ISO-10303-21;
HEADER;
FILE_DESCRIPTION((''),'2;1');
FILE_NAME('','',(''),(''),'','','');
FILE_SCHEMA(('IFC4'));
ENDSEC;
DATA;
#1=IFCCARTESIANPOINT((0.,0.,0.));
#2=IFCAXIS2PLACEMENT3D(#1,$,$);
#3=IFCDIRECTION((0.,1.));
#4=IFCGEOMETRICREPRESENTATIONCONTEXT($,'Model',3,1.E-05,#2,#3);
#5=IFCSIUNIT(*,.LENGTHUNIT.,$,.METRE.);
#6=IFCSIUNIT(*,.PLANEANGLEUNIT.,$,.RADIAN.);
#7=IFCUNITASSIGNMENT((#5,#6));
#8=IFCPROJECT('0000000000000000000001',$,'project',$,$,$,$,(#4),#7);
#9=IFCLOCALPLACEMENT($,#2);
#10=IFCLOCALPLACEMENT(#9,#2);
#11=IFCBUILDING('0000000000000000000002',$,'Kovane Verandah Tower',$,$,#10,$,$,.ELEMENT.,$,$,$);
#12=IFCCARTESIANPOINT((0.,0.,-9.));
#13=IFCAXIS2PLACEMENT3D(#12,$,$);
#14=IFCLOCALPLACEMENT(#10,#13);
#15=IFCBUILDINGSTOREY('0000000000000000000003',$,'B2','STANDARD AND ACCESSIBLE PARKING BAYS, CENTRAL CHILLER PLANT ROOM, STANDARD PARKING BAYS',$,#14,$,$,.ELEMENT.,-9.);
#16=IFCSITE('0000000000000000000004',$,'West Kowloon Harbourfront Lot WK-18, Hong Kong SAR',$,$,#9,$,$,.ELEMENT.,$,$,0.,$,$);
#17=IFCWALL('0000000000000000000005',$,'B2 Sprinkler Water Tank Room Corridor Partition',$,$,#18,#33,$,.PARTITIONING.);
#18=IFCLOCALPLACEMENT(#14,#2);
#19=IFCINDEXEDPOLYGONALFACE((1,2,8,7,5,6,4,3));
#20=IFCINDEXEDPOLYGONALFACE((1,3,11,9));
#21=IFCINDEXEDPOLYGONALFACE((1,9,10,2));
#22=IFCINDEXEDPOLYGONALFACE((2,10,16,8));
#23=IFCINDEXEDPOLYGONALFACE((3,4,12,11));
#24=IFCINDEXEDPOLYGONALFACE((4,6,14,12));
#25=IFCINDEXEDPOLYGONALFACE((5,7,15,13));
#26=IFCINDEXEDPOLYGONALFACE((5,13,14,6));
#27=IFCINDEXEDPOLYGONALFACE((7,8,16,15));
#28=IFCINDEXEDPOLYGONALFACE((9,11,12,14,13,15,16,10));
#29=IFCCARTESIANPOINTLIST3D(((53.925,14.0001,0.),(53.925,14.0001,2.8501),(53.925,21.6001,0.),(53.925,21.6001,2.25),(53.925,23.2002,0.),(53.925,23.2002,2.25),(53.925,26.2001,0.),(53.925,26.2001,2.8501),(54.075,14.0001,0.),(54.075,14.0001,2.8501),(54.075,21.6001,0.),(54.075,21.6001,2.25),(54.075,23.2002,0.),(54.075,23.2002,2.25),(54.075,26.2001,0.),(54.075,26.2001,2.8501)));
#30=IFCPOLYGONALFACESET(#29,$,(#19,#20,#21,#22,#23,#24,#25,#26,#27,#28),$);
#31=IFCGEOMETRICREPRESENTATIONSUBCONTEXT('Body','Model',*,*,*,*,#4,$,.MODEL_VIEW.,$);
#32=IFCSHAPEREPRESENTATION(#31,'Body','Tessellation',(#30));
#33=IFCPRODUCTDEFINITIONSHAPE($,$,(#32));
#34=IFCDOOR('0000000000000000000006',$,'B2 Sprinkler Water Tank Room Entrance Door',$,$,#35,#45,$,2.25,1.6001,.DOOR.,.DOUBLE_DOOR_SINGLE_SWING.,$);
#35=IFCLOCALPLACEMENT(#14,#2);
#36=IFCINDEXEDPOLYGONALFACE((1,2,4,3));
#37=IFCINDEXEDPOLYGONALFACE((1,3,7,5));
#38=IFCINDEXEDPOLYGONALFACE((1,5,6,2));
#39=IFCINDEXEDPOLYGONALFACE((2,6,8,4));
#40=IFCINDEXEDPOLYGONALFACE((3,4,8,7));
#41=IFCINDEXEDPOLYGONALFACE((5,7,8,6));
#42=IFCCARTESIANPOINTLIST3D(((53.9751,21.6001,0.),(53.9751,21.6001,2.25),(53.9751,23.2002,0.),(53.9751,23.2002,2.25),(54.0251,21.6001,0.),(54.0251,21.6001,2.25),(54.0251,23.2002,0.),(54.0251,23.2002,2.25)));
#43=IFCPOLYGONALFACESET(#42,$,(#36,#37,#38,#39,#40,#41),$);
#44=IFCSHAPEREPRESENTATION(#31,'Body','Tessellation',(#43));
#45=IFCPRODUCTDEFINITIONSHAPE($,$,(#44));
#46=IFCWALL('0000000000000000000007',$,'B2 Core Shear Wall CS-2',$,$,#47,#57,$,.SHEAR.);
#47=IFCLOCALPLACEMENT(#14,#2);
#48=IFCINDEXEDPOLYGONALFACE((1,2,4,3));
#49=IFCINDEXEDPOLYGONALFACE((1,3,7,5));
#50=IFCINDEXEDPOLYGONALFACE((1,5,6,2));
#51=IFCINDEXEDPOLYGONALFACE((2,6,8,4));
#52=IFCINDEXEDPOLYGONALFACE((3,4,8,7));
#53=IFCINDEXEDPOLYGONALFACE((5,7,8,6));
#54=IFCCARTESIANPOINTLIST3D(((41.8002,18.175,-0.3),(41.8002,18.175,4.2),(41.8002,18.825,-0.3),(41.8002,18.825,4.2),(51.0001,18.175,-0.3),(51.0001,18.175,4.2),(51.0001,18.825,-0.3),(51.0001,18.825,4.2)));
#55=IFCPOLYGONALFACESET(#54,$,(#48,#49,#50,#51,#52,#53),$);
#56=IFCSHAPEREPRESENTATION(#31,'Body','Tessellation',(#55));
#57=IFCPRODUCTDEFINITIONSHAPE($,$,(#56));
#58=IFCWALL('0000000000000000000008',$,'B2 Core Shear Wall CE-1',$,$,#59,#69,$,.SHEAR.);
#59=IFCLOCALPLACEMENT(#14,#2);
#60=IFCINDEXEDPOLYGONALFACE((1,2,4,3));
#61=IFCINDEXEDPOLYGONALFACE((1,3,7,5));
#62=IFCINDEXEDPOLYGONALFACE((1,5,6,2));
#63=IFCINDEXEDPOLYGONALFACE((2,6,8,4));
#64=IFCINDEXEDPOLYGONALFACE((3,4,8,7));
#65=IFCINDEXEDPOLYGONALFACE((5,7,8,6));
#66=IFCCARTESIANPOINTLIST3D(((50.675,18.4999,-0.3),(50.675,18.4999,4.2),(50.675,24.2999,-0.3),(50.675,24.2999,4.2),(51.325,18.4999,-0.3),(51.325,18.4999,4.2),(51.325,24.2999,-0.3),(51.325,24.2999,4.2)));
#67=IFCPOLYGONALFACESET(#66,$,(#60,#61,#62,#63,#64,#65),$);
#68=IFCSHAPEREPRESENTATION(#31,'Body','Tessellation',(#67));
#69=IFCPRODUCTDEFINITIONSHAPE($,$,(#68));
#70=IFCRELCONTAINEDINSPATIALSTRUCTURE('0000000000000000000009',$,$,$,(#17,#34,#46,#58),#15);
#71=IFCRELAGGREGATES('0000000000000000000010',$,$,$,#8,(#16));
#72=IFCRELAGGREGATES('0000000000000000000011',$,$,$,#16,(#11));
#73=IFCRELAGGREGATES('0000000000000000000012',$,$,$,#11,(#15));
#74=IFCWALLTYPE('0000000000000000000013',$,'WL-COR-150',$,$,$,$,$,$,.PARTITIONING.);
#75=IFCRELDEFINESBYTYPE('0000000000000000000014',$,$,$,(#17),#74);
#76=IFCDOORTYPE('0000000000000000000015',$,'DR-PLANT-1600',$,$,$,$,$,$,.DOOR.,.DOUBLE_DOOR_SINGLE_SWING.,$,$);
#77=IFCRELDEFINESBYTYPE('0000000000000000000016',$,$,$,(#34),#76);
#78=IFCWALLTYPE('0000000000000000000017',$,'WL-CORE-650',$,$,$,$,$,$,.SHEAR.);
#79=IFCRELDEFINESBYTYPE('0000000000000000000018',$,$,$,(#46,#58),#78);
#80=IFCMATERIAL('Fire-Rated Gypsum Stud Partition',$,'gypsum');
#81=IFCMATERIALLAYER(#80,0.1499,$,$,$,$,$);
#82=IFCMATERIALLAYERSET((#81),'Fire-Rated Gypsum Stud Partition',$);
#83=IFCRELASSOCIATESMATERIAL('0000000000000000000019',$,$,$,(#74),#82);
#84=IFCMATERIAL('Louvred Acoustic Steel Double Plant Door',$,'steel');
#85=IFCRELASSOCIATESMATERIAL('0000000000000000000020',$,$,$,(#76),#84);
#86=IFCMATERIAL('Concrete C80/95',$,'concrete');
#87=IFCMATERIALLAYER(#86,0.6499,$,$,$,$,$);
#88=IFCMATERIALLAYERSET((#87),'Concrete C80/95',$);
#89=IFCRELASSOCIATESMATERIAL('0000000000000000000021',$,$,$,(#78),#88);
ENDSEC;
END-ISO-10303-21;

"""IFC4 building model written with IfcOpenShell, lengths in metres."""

from ifc_helpers import new_model, si_unit, direction, frame, frame_2d, origin, place, context, subcontext, project, spatial, rectangle, extrude, material, layer, layer_set, type_object, element, fill, save


model = new_model("IFC4")

# Units and contexts
model_context = context("Model", 3, precision=1e-05, world=origin(), true_north=direction((0.0, 1.0)))
body_context = subcontext(model_context, "Body", "Model", "MODEL_VIEW")
ifc_project = project(units=[si_unit("LENGTHUNIT", "METRE"), si_unit("PLANEANGLEUNIT", "RADIAN")], contexts=[model_context])

# Site, building, storey
site_placement = place(None, origin())
site = spatial("IfcSite", under=ifc_project, at=site_placement, Name="West Kowloon Harbourfront Lot WK-18, Hong Kong SAR", CompositionType="ELEMENT", RefElevation=0.0)
building_placement = place(site_placement, origin())
building = spatial("IfcBuilding", under=site, at=building_placement, Name="Kovane Verandah Tower", CompositionType="ELEMENT")
storey_placement = place(building_placement, frame((0.0, 0.0, -9.0)))
storey = spatial("IfcBuildingStorey", under=building, at=storey_placement, Name="B2", Description="STANDARD AND ACCESSIBLE PARKING BAYS, CENTRAL CHILLER PLANT ROOM, STANDARD PARKING BAYS", CompositionType="ELEMENT", Elevation=-9.0)

# Shared definitions
ifc_material_1 = material(Name="Concrete C80/95", Category="concrete")

# Wall, opening, door
ifc_material_2 = material(Name="Fire-Rated Gypsum Stud Partition", Category="gypsum")
ifc_layer_1 = layer(ifc_material_2, 0.1499)
ifc_layer_set_1 = layer_set([ifc_layer_1], Name="Fire-Rated Gypsum Stud Partition")
wall_type_1 = type_object("IfcWallType", Name="WL-COR-150", PredefinedType="PARTITIONING", material=ifc_layer_set_1)
wall_1_placement = place(storey_placement, frame((54.0, 14.0, 0.0), z_axis=(0.0, 0.0, 1.0), x_axis=(0.0, 1.0, 0.0)))
wall_1 = element("IfcWall", 1, at=wall_1_placement, inside=storey, type_object=wall_type_1, Name="B2 Sprinkler Water Tank Room Corridor Partition", PredefinedType="PARTITIONING", context=body_context, shape_type="SweptSolid", body=[
    extrude(rectangle(XDim=12.2, YDim=0.1499, at=frame_2d((6.1001, 0.0))), origin(), (0.0, 0.0, 1.0), 2.8501),
])
opening_placement = place(wall_1_placement, frame((7.6001, 0.0, 0.0)))
opening = element("IfcOpeningElement", 2, at=opening_placement, cuts=wall_1, PredefinedType="OPENING", context=body_context, shape_type="SweptSolid", body=[
    extrude(rectangle(XDim=1.6001, YDim=2.25, at=frame_2d((0.8, 1.125))), frame((0.0, 0.075, 0.0), z_axis=(0.0, -1.0, 0.0), x_axis=(1.0, 0.0, 0.0)), (0.0, 0.0, 1.0), 0.1499),
])
ifc_material_3 = material(Name="Louvred Acoustic Steel Double Plant Door", Category="steel")
door_type = type_object("IfcDoorType", Name="DR-PLANT-1600", OperationType="DOUBLE_DOOR_SINGLE_SWING", PredefinedType="DOOR", material=ifc_material_3)
door_placement = place(opening_placement, origin())
door = element("IfcDoor", 3, at=door_placement, inside=storey, type_object=door_type, Name="B2 Sprinkler Water Tank Room Entrance Door", OperationType="DOUBLE_DOOR_SINGLE_SWING", OverallHeight=2.25, OverallWidth=1.6001, PredefinedType="DOOR", context=body_context, shape_type="SweptSolid", body=[
    extrude(rectangle(XDim=1.6001, YDim=2.25, at=frame_2d((0.8, 1.125))), frame((0.0, 0.0249, 0.0), z_axis=(0.0, -1.0, 0.0), x_axis=(1.0, 0.0, 0.0)), (0.0, 0.0, 1.0), 0.05),
])
fill(opening, door)

# Walls
ifc_layer_2 = layer(ifc_material_1, 0.6499)
ifc_layer_set_2 = layer_set([ifc_layer_2], Name="Concrete C80/95")
wall_type_2 = type_object("IfcWallType", Name="WL-CORE-650", PredefinedType="SHEAR", material=ifc_layer_set_2)
wall_2_placement = place(storey_placement, frame((41.8, 18.5, -0.3), z_axis=(0.0, 0.0, 1.0), x_axis=(1.0, 0.0, 0.0)))
element("IfcWall", 4, at=wall_2_placement, inside=storey, type_object=wall_type_2, Name="B2 Core Shear Wall CS-2", PredefinedType="SHEAR", context=body_context, shape_type="SweptSolid", body=[
    extrude(rectangle(XDim=9.2, YDim=0.6499, at=frame_2d((4.6001, 0.0))), origin(), (0.0, 0.0, 1.0), 4.5),
])
wall_3_placement = place(storey_placement, frame((51.0, 18.5, -0.3), z_axis=(0.0, 0.0, 1.0), x_axis=(0.0, 1.0, 0.0)))
element("IfcWall", 5, at=wall_3_placement, inside=storey, type_object=wall_type_2, Name="B2 Core Shear Wall CE-1", PredefinedType="SHEAR", context=body_context, shape_type="SweptSolid", body=[
    extrude(rectangle(XDim=5.8, YDim=0.6499, at=frame_2d((2.8999, 0.0))), origin(), (0.0, 0.0, 1.0), 4.5),
])

save(model, "model.ifc")
